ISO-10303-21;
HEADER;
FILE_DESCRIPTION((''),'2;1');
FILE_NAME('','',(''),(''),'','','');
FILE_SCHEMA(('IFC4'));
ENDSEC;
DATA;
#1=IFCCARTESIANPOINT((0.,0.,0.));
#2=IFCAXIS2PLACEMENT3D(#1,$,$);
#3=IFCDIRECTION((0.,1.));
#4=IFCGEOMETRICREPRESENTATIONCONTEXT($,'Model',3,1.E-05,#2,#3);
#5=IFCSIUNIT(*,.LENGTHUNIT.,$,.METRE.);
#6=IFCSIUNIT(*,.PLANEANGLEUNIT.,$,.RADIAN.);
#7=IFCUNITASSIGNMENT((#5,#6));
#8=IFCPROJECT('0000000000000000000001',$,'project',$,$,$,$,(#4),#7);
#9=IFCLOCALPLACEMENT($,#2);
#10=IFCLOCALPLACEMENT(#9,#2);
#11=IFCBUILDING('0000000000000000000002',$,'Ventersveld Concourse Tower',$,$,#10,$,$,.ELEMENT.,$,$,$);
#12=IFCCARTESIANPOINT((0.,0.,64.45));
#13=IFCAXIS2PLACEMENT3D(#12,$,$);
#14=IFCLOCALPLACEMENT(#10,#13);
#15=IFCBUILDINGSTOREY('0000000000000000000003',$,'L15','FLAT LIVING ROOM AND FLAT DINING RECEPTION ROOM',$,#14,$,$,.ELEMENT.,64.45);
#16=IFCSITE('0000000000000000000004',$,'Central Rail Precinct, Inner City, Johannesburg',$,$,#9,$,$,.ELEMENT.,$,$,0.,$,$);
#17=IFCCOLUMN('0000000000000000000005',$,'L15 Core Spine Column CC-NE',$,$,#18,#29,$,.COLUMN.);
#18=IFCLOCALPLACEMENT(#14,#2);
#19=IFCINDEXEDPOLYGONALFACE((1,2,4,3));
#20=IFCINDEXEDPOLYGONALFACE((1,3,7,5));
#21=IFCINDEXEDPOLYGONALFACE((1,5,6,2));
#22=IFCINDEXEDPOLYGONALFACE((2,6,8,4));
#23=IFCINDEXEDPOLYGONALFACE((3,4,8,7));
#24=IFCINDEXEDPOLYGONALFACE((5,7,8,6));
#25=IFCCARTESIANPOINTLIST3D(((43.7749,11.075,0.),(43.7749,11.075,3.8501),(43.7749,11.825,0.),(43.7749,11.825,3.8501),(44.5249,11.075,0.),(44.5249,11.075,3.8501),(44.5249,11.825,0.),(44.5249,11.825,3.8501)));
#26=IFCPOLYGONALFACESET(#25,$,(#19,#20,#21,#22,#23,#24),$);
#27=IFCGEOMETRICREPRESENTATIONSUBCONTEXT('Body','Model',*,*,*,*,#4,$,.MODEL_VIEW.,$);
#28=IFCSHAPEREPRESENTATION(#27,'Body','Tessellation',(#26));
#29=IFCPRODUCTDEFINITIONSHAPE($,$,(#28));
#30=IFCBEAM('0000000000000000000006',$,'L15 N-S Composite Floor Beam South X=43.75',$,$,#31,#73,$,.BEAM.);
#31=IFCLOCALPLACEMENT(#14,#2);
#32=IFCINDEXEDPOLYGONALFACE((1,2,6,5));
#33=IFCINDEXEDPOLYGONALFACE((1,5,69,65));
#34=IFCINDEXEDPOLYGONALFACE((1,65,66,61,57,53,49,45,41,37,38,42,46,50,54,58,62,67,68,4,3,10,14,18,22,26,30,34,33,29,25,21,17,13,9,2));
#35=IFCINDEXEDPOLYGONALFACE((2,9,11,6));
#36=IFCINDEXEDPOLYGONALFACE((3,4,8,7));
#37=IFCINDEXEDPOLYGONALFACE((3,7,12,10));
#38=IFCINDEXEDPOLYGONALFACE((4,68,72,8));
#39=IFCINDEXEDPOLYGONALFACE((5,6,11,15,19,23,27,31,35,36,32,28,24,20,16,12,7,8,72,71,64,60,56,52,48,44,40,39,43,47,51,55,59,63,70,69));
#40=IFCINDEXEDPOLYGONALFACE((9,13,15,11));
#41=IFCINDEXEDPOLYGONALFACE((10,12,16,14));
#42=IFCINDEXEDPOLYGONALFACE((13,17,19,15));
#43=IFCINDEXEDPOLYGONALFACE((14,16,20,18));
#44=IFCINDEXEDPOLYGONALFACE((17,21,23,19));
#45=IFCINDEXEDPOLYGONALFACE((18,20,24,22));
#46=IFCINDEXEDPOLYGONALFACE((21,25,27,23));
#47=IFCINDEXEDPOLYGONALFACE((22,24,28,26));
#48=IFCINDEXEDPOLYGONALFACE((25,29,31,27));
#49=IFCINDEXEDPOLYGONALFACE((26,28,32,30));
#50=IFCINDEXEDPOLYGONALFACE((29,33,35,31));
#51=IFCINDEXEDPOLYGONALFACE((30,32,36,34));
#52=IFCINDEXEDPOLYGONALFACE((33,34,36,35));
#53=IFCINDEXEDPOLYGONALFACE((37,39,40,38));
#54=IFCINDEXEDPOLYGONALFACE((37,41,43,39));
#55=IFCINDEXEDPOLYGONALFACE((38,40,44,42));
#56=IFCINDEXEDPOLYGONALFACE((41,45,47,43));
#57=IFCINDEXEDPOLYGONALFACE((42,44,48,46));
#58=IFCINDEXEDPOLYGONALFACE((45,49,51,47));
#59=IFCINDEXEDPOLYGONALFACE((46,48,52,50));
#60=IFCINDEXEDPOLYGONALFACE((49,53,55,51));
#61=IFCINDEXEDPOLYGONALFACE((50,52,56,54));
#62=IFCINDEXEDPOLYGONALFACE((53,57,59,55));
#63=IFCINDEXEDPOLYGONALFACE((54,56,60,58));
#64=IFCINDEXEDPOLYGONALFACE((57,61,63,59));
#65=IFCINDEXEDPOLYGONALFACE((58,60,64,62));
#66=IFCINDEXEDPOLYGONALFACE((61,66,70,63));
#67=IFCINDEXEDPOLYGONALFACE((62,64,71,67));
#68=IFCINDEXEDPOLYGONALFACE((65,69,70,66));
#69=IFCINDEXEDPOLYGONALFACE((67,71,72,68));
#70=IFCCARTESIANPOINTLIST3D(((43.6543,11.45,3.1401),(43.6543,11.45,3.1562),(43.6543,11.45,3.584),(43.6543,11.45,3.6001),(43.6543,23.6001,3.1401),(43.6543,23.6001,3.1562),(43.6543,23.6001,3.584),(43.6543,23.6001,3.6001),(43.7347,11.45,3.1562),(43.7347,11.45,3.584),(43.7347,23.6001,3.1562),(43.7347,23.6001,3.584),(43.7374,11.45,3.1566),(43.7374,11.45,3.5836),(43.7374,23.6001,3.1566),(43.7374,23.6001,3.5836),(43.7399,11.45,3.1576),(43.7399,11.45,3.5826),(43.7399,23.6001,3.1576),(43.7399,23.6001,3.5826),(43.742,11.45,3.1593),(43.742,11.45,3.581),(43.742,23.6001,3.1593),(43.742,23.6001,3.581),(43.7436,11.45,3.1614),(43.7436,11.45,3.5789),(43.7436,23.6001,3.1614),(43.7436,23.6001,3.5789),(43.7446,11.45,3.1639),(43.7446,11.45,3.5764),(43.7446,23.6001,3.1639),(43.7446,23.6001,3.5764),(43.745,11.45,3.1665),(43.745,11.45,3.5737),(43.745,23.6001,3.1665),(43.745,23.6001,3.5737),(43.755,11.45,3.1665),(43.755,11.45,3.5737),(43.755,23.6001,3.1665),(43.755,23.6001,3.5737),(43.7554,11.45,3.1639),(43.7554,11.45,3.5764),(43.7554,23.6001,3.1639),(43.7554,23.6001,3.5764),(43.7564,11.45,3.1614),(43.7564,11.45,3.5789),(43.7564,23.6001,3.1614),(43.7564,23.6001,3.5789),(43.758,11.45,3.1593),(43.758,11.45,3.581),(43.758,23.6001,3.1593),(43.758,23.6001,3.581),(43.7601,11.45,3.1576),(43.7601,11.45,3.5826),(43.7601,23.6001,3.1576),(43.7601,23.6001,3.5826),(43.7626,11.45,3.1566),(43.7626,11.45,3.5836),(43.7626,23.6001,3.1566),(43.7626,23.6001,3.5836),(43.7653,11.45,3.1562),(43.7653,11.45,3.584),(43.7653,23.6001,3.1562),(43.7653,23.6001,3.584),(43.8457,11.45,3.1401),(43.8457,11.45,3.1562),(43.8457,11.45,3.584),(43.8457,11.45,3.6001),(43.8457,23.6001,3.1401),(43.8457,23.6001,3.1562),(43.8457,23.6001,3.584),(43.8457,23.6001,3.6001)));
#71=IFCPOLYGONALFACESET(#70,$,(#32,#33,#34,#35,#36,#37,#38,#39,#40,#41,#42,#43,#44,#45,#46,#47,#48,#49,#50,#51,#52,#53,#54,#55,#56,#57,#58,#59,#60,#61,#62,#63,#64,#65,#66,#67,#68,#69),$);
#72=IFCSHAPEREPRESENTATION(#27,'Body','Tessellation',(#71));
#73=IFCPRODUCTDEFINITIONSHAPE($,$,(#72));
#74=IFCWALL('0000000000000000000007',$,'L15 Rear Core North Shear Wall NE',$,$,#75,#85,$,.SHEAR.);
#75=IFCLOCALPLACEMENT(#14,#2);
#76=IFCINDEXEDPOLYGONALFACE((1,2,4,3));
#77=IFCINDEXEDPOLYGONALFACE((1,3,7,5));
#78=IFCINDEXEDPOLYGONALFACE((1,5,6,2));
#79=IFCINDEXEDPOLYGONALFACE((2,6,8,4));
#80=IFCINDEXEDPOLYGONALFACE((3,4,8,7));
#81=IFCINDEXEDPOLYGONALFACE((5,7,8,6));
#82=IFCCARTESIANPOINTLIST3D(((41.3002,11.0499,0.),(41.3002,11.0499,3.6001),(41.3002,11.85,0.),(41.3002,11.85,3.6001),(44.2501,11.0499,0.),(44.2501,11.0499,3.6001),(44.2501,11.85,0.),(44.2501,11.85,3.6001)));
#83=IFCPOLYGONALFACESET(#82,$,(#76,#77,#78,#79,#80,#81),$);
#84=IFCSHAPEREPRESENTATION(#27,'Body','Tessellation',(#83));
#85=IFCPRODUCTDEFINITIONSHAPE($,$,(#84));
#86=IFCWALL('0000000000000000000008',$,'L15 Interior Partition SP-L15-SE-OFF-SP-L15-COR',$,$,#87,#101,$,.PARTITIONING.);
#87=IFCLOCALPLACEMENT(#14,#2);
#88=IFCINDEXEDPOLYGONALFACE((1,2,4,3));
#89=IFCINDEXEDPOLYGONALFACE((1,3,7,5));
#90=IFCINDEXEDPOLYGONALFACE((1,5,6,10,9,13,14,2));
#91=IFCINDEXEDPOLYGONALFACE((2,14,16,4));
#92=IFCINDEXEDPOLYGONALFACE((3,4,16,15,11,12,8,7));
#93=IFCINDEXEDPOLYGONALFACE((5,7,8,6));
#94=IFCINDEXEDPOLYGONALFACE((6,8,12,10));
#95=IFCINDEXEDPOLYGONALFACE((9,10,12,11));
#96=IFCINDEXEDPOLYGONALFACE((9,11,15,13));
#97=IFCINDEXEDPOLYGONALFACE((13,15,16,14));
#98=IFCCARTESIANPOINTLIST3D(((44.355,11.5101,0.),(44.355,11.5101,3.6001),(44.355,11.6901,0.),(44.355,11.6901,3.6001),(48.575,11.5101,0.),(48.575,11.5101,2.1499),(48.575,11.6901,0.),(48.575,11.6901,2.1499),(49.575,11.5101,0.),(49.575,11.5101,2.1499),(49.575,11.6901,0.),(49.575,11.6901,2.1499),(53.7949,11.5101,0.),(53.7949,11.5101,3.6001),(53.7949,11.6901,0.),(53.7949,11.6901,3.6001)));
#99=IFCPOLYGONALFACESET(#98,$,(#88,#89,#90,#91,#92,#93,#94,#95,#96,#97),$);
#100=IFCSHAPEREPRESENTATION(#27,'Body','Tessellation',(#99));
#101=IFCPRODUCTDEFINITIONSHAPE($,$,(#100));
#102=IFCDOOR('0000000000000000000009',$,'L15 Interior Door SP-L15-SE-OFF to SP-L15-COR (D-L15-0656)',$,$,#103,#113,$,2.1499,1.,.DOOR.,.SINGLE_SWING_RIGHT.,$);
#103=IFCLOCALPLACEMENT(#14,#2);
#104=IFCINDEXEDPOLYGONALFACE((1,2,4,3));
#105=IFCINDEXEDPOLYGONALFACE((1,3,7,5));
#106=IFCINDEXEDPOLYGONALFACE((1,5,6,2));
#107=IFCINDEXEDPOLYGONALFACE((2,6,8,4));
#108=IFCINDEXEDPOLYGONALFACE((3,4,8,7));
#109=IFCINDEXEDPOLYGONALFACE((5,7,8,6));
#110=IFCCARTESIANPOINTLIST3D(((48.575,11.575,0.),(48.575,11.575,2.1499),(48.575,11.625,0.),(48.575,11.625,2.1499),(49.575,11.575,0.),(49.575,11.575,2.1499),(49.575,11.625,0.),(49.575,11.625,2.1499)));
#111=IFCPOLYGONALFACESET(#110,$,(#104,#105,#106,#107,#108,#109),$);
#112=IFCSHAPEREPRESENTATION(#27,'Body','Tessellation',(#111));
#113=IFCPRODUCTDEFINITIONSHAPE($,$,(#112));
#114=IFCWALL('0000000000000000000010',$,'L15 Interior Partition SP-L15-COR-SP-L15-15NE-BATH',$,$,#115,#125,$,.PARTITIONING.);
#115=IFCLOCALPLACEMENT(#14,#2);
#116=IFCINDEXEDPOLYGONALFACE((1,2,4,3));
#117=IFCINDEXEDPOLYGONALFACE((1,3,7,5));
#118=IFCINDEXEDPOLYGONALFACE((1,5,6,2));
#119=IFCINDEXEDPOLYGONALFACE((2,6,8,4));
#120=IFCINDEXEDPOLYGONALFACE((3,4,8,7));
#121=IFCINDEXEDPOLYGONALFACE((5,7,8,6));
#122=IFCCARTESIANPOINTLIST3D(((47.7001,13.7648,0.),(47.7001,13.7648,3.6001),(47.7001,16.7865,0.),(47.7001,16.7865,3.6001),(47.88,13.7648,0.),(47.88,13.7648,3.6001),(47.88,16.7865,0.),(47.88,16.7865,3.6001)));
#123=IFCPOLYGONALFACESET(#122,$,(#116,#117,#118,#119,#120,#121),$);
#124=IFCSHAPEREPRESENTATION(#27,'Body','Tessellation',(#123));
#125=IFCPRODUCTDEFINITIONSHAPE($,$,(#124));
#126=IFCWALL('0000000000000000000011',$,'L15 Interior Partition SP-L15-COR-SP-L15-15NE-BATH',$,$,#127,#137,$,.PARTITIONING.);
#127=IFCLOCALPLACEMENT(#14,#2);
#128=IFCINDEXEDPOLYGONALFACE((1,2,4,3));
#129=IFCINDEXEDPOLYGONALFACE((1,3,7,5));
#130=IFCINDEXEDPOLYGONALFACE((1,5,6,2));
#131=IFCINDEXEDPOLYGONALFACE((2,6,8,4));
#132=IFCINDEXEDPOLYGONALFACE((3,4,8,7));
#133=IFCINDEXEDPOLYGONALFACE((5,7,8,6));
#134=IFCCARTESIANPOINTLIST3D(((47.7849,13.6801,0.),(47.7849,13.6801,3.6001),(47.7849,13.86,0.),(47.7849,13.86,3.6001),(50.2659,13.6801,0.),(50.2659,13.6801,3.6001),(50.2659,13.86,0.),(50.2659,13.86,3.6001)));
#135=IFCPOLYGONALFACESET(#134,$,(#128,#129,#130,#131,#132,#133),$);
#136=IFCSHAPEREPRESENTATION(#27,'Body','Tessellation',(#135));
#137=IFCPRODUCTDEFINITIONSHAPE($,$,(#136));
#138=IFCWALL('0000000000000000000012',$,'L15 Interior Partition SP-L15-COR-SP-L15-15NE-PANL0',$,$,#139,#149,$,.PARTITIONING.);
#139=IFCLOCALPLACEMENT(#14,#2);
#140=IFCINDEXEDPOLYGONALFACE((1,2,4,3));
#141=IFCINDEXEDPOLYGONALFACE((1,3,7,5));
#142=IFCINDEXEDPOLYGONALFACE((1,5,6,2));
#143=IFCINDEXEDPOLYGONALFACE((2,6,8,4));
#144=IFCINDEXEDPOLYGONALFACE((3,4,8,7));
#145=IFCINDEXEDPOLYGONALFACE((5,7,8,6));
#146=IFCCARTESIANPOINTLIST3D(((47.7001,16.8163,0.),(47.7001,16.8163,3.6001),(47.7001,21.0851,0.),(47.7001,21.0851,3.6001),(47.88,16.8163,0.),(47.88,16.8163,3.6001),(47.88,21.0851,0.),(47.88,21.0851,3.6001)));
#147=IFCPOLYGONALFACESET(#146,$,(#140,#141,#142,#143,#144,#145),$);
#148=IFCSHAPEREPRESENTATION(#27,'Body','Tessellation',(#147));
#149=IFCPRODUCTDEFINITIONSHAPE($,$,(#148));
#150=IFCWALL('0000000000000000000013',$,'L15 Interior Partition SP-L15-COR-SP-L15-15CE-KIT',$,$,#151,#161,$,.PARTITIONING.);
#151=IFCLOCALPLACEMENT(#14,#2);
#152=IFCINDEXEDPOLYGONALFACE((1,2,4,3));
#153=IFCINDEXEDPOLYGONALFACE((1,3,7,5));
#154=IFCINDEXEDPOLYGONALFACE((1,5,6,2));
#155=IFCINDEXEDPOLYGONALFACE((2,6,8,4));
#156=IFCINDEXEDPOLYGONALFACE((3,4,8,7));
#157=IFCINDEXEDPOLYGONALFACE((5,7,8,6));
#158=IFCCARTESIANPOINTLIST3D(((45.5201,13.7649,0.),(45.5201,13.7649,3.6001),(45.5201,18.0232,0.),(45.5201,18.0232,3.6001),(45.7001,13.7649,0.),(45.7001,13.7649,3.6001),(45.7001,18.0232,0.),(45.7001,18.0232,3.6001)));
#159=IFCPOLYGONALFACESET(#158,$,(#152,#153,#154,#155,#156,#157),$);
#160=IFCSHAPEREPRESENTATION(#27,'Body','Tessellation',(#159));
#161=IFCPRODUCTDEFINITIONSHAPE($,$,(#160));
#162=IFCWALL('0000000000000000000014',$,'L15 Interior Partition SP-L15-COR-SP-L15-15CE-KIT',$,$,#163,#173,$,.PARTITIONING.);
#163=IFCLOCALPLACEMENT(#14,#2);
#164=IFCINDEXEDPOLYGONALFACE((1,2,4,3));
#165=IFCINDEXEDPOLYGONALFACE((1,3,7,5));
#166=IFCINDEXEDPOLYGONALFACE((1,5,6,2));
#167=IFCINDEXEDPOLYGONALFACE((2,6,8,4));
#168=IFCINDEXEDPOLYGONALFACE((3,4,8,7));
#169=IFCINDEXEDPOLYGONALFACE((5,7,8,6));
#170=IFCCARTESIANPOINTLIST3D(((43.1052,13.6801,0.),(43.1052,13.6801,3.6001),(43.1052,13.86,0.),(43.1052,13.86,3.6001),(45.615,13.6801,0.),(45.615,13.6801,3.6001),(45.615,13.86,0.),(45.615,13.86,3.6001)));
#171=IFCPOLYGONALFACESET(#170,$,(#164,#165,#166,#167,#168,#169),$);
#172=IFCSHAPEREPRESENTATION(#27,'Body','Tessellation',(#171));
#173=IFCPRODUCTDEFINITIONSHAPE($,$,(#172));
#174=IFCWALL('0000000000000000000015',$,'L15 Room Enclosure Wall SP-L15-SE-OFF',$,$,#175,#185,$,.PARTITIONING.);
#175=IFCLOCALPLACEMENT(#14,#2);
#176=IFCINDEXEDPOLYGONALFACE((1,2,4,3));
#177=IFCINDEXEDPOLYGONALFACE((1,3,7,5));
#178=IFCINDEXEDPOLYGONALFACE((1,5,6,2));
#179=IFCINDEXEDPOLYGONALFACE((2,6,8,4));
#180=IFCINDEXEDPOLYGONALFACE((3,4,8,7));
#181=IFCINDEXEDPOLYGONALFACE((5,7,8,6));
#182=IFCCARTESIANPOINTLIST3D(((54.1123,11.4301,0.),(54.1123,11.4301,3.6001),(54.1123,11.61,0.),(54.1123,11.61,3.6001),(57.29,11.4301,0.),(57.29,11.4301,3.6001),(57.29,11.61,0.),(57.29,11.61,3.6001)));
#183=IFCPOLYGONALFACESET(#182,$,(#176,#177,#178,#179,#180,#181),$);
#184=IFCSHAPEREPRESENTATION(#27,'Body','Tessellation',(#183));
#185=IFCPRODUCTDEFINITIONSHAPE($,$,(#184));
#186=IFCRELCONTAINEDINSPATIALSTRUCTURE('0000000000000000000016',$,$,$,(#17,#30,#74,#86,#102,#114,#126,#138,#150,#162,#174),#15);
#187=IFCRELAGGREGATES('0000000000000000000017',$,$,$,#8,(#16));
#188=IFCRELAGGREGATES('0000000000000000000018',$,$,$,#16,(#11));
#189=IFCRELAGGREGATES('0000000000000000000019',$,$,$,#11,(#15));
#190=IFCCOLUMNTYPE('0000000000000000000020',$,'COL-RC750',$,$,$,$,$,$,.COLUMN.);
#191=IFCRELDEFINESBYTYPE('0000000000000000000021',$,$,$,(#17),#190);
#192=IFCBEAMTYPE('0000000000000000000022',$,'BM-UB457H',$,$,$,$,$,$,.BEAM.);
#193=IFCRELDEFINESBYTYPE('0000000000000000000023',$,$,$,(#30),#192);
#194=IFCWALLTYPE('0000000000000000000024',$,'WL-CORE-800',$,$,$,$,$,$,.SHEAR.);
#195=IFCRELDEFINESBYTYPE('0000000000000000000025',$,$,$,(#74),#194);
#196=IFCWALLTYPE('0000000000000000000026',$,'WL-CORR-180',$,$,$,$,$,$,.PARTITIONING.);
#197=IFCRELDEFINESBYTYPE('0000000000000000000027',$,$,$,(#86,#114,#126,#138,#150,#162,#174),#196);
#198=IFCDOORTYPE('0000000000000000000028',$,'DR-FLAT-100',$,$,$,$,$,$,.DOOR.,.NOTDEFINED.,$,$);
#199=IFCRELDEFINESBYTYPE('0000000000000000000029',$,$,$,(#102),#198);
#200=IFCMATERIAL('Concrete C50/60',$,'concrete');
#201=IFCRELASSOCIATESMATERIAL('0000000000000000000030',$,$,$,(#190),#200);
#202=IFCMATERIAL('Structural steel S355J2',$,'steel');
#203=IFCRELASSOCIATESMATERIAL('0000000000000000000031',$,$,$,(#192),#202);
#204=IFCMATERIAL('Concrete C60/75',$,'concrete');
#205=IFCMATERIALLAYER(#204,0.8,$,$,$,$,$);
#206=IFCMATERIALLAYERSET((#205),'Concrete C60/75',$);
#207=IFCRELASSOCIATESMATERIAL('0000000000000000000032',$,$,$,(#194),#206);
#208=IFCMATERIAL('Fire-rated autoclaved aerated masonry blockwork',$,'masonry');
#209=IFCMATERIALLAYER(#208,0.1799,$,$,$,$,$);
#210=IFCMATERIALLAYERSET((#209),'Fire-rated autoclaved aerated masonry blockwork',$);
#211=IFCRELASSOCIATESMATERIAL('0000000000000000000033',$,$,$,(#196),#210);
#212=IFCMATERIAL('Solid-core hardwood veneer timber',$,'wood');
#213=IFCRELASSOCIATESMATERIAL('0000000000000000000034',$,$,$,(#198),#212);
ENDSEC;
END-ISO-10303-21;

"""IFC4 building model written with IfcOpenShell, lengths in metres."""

from ifc_helpers import new_model, si_unit, direction, frame, frame_2d, origin, origin_2d, place, context, subcontext, project, spatial, rectangle, i_section, extrude, material, layer, layer_set, material_profile, profile_set, type_object, element, fill, save


model = new_model("IFC4")

# Units and contexts
model_context = context("Model", 3, precision=1e-05, world=origin(), true_north=direction((0.0, 1.0)))
body_context = subcontext(model_context, "Body", "Model", "MODEL_VIEW")
ifc_project = project(units=[si_unit("LENGTHUNIT", "METRE"), si_unit("PLANEANGLEUNIT", "RADIAN")], contexts=[model_context])

# Site, building, storey
site_placement = place(None, origin())
site = spatial("IfcSite", under=ifc_project, at=site_placement, Name="Central Rail Precinct, Inner City, Johannesburg", CompositionType="ELEMENT", RefElevation=0.0)
building_placement = place(site_placement, origin())
building = spatial("IfcBuilding", under=site, at=building_placement, Name="Ventersveld Concourse Tower", CompositionType="ELEMENT")
storey_placement = place(building_placement, frame((0.0, 0.0, 64.45)))
storey = spatial("IfcBuildingStorey", under=building, at=storey_placement, Name="L15", Description="FLAT LIVING ROOM AND FLAT DINING RECEPTION ROOM", CompositionType="ELEMENT", Elevation=64.45)

# Column
ifc_material_1 = material(Name="Concrete C50/60", Category="concrete")
ifc_material_profile_1 = material_profile(ifc_material_1, rectangle(XDim=0.75, YDim=0.75, at=origin_2d()), Name="RC 750x750")
ifc_profile_set_1 = profile_set([ifc_material_profile_1], Name="Concrete C50/60")
column_type = type_object("IfcColumnType", Name="COL-RC750", PredefinedType="COLUMN", material=ifc_profile_set_1)
column_placement = place(storey_placement, frame((44.1499, 11.45, 0.0), z_axis=(0.0, 0.0, 1.0), x_axis=(1.0, 0.0, 0.0)))
element("IfcColumn", 1, at=column_placement, inside=storey, type_object=column_type, Name="L15 Core Spine Column CC-NE", PredefinedType="COLUMN", context=body_context, shape_type="SweptSolid", body=[
    extrude(rectangle(XDim=0.75, YDim=0.75, at=origin_2d()), origin(), (0.0, 0.0, 1.0), 3.8501),
])

# Beam
ifc_material_2 = material(Name="Structural steel S355J2", Category="steel")
ifc_material_profile_2 = material_profile(ifc_material_2, i_section(OverallWidth=0.1914, OverallDepth=0.46, WebThickness=0.01, FlangeThickness=0.0161, FilletRadius=0.0103, at=origin_2d()), Name="UB 457x191x82")
ifc_profile_set_2 = profile_set([ifc_material_profile_2], Name="Structural steel S355J2")
beam_type = type_object("IfcBeamType", Name="BM-UB457H", PredefinedType="BEAM", material=ifc_profile_set_2)
beam_placement = place(storey_placement, frame((43.75, 11.45, 3.3701), z_axis=(0.0, 1.0, 0.0), x_axis=(-1.0, 0.0, 0.0)))
element("IfcBeam", 2, at=beam_placement, inside=storey, type_object=beam_type, Name="L15 N-S Composite Floor Beam South X=43.75", PredefinedType="BEAM", context=body_context, shape_type="SweptSolid", body=[
    extrude(i_section(OverallWidth=0.1914, OverallDepth=0.46, WebThickness=0.01, FlangeThickness=0.0161, FilletRadius=0.0103, at=origin_2d()), origin(), (0.0, 0.0, 1.0), 12.1501),
])

# Wall
ifc_material_3 = material(Name="Concrete C60/75", Category="concrete")
ifc_layer_1 = layer(ifc_material_3, 0.8)
ifc_layer_set_1 = layer_set([ifc_layer_1], Name="Concrete C60/75")
wall_type_1 = type_object("IfcWallType", Name="WL-CORE-800", PredefinedType="SHEAR", material=ifc_layer_set_1)
wall_1_placement = place(storey_placement, frame((41.3, 11.45, 0.0), z_axis=(0.0, 0.0, 1.0), x_axis=(1.0, 0.0, 0.0)))
element("IfcWall", 3, at=wall_1_placement, inside=storey, type_object=wall_type_1, Name="L15 Rear Core North Shear Wall NE", PredefinedType="SHEAR", context=body_context, shape_type="SweptSolid", body=[
    extrude(rectangle(XDim=2.95, YDim=0.8, at=frame_2d((1.4751, 0.0))), origin(), (0.0, 0.0, 1.0), 3.6001),
])

# Wall, opening, door
ifc_material_4 = material(Name="Fire-rated autoclaved aerated masonry blockwork", Category="masonry")
ifc_layer_2 = layer(ifc_material_4, 0.1799)
ifc_layer_set_2 = layer_set([ifc_layer_2], Name="Fire-rated autoclaved aerated masonry blockwork")
wall_type_2 = type_object("IfcWallType", Name="WL-CORR-180", PredefinedType="PARTITIONING", material=ifc_layer_set_2)
wall_2_placement = place(storey_placement, frame((44.355, 11.6001, 0.0), z_axis=(0.0, 0.0, 1.0), x_axis=(1.0, 0.0, 0.0)))
wall_2 = element("IfcWall", 4, at=wall_2_placement, inside=storey, type_object=wall_type_2, Name="L15 Interior Partition SP-L15-SE-OFF-SP-L15-COR", PredefinedType="PARTITIONING", context=body_context, shape_type="SweptSolid", body=[
    extrude(rectangle(XDim=9.4399, YDim=0.1799, at=frame_2d((4.72, 0.0))), origin(), (0.0, 0.0, 1.0), 3.6001),
])
opening_1_placement = place(wall_2_placement, frame((4.22, 0.0, 0.0)))
opening_1 = element("IfcOpeningElement", 5, at=opening_1_placement, cuts=wall_2, PredefinedType="OPENING", context=body_context, shape_type="SweptSolid", body=[
    extrude(rectangle(XDim=1.0, YDim=2.1499, at=frame_2d((0.5, 1.075))), frame((0.0, 0.1001, 0.0), z_axis=(0.0, -1.0, 0.0), x_axis=(1.0, 0.0, 0.0)), (0.0, 0.0, 1.0), 0.2),
])
ifc_material_5 = material(Name="Solid-core hardwood veneer timber", Category="wood")
door_type_1 = type_object("IfcDoorType", Name="DR-FLAT-100", OperationType="NOTDEFINED", PredefinedType="DOOR", material=ifc_material_5)
door_1_placement = place(opening_1_placement, origin())
door_1 = element("IfcDoor", 6, at=door_1_placement, inside=storey, type_object=door_type_1, Name="L15 Interior Door SP-L15-SE-OFF to SP-L15-COR (D-L15-0656)", OperationType="SINGLE_SWING_RIGHT", OverallHeight=2.1499, OverallWidth=1.0, PredefinedType="DOOR", context=body_context, shape_type="SweptSolid", body=[
    extrude(rectangle(XDim=1.0, YDim=2.1499, at=frame_2d((0.5, 1.075))), frame((0.0, 0.0249, 0.0), z_axis=(0.0, -1.0, 0.0), x_axis=(1.0, 0.0, 0.0)), (0.0, 0.0, 1.0), 0.05),
])
fill(opening_1, door_1)

# Walls
wall_3_placement = place(storey_placement, frame((47.79, 13.7649, 0.0), z_axis=(0.0, 0.0, 1.0), x_axis=(0.0, 1.0, 0.0)))
element("IfcWall", 7, at=wall_3_placement, inside=storey, type_object=wall_type_2, Name="L15 Interior Partition SP-L15-COR-SP-L15-15NE-BATH", PredefinedType="PARTITIONING", context=body_context, shape_type="SweptSolid", body=[
    extrude(rectangle(XDim=3.0217, YDim=0.1799, at=frame_2d((1.5107, 0.0))), origin(), (0.0, 0.0, 1.0), 3.6001),
])
wall_4_placement = place(storey_placement, frame((47.7849, 13.77, 0.0), z_axis=(0.0, 0.0, 1.0), x_axis=(1.0, 0.0, 0.0)))
element("IfcWall", 8, at=wall_4_placement, inside=storey, type_object=wall_type_2, Name="L15 Interior Partition SP-L15-COR-SP-L15-15NE-BATH", PredefinedType="PARTITIONING", context=body_context, shape_type="SweptSolid", body=[
    extrude(rectangle(XDim=2.481, YDim=0.1799, at=frame_2d((1.2405, 0.0))), origin(), (0.0, 0.0, 1.0), 3.6001),
])
wall_5_placement = place(storey_placement, frame((47.79, 16.8164, 0.0), z_axis=(0.0, 0.0, 1.0), x_axis=(0.0, 1.0, 0.0)))
element("IfcWall", 9, at=wall_5_placement, inside=storey, type_object=wall_type_2, Name="L15 Interior Partition SP-L15-COR-SP-L15-15NE-PANL0", PredefinedType="PARTITIONING", context=body_context, shape_type="SweptSolid", body=[
    extrude(rectangle(XDim=4.2688, YDim=0.1799, at=frame_2d((2.1343, 0.0))), origin(), (0.0, 0.0, 1.0), 3.6001),
])
wall_6_placement = place(storey_placement, frame((45.6101, 13.7649, 0.0), z_axis=(0.0, 0.0, 1.0), x_axis=(0.0, 1.0, 0.0)))
element("IfcWall", 10, at=wall_6_placement, inside=storey, type_object=wall_type_2, Name="L15 Interior Partition SP-L15-COR-SP-L15-15CE-KIT", PredefinedType="PARTITIONING", context=body_context, shape_type="SweptSolid", body=[
    extrude(rectangle(XDim=4.2583, YDim=0.1799, at=frame_2d((2.1292, 0.0))), origin(), (0.0, 0.0, 1.0), 3.6001),
])
wall_7_placement = place(storey_placement, frame((43.1052, 13.77, 0.0), z_axis=(0.0, 0.0, 1.0), x_axis=(1.0, 0.0, 0.0)))
element("IfcWall", 11, at=wall_7_placement, inside=storey, type_object=wall_type_2, Name="L15 Interior Partition SP-L15-COR-SP-L15-15CE-KIT", PredefinedType="PARTITIONING", context=body_context, shape_type="SweptSolid", body=[
    extrude(rectangle(XDim=2.5098, YDim=0.1799, at=frame_2d((1.2549, 0.0))), origin(), (0.0, 0.0, 1.0), 3.6001),
])
wall_8_placement = place(storey_placement, frame((54.1123, 11.52, 0.0), z_axis=(0.0, 0.0, 1.0), x_axis=(1.0, 0.0, 0.0)))
element("IfcWall", 12, at=wall_8_placement, inside=storey, type_object=wall_type_2, Name="L15 Room Enclosure Wall SP-L15-SE-OFF", PredefinedType="PARTITIONING", context=body_context, shape_type="SweptSolid", body=[
    extrude(rectangle(XDim=3.1777, YDim=0.1799, at=frame_2d((1.5889, 0.0))), origin(), (0.0, 0.0, 1.0), 3.6001),
])

save(model, "model.ifc")
